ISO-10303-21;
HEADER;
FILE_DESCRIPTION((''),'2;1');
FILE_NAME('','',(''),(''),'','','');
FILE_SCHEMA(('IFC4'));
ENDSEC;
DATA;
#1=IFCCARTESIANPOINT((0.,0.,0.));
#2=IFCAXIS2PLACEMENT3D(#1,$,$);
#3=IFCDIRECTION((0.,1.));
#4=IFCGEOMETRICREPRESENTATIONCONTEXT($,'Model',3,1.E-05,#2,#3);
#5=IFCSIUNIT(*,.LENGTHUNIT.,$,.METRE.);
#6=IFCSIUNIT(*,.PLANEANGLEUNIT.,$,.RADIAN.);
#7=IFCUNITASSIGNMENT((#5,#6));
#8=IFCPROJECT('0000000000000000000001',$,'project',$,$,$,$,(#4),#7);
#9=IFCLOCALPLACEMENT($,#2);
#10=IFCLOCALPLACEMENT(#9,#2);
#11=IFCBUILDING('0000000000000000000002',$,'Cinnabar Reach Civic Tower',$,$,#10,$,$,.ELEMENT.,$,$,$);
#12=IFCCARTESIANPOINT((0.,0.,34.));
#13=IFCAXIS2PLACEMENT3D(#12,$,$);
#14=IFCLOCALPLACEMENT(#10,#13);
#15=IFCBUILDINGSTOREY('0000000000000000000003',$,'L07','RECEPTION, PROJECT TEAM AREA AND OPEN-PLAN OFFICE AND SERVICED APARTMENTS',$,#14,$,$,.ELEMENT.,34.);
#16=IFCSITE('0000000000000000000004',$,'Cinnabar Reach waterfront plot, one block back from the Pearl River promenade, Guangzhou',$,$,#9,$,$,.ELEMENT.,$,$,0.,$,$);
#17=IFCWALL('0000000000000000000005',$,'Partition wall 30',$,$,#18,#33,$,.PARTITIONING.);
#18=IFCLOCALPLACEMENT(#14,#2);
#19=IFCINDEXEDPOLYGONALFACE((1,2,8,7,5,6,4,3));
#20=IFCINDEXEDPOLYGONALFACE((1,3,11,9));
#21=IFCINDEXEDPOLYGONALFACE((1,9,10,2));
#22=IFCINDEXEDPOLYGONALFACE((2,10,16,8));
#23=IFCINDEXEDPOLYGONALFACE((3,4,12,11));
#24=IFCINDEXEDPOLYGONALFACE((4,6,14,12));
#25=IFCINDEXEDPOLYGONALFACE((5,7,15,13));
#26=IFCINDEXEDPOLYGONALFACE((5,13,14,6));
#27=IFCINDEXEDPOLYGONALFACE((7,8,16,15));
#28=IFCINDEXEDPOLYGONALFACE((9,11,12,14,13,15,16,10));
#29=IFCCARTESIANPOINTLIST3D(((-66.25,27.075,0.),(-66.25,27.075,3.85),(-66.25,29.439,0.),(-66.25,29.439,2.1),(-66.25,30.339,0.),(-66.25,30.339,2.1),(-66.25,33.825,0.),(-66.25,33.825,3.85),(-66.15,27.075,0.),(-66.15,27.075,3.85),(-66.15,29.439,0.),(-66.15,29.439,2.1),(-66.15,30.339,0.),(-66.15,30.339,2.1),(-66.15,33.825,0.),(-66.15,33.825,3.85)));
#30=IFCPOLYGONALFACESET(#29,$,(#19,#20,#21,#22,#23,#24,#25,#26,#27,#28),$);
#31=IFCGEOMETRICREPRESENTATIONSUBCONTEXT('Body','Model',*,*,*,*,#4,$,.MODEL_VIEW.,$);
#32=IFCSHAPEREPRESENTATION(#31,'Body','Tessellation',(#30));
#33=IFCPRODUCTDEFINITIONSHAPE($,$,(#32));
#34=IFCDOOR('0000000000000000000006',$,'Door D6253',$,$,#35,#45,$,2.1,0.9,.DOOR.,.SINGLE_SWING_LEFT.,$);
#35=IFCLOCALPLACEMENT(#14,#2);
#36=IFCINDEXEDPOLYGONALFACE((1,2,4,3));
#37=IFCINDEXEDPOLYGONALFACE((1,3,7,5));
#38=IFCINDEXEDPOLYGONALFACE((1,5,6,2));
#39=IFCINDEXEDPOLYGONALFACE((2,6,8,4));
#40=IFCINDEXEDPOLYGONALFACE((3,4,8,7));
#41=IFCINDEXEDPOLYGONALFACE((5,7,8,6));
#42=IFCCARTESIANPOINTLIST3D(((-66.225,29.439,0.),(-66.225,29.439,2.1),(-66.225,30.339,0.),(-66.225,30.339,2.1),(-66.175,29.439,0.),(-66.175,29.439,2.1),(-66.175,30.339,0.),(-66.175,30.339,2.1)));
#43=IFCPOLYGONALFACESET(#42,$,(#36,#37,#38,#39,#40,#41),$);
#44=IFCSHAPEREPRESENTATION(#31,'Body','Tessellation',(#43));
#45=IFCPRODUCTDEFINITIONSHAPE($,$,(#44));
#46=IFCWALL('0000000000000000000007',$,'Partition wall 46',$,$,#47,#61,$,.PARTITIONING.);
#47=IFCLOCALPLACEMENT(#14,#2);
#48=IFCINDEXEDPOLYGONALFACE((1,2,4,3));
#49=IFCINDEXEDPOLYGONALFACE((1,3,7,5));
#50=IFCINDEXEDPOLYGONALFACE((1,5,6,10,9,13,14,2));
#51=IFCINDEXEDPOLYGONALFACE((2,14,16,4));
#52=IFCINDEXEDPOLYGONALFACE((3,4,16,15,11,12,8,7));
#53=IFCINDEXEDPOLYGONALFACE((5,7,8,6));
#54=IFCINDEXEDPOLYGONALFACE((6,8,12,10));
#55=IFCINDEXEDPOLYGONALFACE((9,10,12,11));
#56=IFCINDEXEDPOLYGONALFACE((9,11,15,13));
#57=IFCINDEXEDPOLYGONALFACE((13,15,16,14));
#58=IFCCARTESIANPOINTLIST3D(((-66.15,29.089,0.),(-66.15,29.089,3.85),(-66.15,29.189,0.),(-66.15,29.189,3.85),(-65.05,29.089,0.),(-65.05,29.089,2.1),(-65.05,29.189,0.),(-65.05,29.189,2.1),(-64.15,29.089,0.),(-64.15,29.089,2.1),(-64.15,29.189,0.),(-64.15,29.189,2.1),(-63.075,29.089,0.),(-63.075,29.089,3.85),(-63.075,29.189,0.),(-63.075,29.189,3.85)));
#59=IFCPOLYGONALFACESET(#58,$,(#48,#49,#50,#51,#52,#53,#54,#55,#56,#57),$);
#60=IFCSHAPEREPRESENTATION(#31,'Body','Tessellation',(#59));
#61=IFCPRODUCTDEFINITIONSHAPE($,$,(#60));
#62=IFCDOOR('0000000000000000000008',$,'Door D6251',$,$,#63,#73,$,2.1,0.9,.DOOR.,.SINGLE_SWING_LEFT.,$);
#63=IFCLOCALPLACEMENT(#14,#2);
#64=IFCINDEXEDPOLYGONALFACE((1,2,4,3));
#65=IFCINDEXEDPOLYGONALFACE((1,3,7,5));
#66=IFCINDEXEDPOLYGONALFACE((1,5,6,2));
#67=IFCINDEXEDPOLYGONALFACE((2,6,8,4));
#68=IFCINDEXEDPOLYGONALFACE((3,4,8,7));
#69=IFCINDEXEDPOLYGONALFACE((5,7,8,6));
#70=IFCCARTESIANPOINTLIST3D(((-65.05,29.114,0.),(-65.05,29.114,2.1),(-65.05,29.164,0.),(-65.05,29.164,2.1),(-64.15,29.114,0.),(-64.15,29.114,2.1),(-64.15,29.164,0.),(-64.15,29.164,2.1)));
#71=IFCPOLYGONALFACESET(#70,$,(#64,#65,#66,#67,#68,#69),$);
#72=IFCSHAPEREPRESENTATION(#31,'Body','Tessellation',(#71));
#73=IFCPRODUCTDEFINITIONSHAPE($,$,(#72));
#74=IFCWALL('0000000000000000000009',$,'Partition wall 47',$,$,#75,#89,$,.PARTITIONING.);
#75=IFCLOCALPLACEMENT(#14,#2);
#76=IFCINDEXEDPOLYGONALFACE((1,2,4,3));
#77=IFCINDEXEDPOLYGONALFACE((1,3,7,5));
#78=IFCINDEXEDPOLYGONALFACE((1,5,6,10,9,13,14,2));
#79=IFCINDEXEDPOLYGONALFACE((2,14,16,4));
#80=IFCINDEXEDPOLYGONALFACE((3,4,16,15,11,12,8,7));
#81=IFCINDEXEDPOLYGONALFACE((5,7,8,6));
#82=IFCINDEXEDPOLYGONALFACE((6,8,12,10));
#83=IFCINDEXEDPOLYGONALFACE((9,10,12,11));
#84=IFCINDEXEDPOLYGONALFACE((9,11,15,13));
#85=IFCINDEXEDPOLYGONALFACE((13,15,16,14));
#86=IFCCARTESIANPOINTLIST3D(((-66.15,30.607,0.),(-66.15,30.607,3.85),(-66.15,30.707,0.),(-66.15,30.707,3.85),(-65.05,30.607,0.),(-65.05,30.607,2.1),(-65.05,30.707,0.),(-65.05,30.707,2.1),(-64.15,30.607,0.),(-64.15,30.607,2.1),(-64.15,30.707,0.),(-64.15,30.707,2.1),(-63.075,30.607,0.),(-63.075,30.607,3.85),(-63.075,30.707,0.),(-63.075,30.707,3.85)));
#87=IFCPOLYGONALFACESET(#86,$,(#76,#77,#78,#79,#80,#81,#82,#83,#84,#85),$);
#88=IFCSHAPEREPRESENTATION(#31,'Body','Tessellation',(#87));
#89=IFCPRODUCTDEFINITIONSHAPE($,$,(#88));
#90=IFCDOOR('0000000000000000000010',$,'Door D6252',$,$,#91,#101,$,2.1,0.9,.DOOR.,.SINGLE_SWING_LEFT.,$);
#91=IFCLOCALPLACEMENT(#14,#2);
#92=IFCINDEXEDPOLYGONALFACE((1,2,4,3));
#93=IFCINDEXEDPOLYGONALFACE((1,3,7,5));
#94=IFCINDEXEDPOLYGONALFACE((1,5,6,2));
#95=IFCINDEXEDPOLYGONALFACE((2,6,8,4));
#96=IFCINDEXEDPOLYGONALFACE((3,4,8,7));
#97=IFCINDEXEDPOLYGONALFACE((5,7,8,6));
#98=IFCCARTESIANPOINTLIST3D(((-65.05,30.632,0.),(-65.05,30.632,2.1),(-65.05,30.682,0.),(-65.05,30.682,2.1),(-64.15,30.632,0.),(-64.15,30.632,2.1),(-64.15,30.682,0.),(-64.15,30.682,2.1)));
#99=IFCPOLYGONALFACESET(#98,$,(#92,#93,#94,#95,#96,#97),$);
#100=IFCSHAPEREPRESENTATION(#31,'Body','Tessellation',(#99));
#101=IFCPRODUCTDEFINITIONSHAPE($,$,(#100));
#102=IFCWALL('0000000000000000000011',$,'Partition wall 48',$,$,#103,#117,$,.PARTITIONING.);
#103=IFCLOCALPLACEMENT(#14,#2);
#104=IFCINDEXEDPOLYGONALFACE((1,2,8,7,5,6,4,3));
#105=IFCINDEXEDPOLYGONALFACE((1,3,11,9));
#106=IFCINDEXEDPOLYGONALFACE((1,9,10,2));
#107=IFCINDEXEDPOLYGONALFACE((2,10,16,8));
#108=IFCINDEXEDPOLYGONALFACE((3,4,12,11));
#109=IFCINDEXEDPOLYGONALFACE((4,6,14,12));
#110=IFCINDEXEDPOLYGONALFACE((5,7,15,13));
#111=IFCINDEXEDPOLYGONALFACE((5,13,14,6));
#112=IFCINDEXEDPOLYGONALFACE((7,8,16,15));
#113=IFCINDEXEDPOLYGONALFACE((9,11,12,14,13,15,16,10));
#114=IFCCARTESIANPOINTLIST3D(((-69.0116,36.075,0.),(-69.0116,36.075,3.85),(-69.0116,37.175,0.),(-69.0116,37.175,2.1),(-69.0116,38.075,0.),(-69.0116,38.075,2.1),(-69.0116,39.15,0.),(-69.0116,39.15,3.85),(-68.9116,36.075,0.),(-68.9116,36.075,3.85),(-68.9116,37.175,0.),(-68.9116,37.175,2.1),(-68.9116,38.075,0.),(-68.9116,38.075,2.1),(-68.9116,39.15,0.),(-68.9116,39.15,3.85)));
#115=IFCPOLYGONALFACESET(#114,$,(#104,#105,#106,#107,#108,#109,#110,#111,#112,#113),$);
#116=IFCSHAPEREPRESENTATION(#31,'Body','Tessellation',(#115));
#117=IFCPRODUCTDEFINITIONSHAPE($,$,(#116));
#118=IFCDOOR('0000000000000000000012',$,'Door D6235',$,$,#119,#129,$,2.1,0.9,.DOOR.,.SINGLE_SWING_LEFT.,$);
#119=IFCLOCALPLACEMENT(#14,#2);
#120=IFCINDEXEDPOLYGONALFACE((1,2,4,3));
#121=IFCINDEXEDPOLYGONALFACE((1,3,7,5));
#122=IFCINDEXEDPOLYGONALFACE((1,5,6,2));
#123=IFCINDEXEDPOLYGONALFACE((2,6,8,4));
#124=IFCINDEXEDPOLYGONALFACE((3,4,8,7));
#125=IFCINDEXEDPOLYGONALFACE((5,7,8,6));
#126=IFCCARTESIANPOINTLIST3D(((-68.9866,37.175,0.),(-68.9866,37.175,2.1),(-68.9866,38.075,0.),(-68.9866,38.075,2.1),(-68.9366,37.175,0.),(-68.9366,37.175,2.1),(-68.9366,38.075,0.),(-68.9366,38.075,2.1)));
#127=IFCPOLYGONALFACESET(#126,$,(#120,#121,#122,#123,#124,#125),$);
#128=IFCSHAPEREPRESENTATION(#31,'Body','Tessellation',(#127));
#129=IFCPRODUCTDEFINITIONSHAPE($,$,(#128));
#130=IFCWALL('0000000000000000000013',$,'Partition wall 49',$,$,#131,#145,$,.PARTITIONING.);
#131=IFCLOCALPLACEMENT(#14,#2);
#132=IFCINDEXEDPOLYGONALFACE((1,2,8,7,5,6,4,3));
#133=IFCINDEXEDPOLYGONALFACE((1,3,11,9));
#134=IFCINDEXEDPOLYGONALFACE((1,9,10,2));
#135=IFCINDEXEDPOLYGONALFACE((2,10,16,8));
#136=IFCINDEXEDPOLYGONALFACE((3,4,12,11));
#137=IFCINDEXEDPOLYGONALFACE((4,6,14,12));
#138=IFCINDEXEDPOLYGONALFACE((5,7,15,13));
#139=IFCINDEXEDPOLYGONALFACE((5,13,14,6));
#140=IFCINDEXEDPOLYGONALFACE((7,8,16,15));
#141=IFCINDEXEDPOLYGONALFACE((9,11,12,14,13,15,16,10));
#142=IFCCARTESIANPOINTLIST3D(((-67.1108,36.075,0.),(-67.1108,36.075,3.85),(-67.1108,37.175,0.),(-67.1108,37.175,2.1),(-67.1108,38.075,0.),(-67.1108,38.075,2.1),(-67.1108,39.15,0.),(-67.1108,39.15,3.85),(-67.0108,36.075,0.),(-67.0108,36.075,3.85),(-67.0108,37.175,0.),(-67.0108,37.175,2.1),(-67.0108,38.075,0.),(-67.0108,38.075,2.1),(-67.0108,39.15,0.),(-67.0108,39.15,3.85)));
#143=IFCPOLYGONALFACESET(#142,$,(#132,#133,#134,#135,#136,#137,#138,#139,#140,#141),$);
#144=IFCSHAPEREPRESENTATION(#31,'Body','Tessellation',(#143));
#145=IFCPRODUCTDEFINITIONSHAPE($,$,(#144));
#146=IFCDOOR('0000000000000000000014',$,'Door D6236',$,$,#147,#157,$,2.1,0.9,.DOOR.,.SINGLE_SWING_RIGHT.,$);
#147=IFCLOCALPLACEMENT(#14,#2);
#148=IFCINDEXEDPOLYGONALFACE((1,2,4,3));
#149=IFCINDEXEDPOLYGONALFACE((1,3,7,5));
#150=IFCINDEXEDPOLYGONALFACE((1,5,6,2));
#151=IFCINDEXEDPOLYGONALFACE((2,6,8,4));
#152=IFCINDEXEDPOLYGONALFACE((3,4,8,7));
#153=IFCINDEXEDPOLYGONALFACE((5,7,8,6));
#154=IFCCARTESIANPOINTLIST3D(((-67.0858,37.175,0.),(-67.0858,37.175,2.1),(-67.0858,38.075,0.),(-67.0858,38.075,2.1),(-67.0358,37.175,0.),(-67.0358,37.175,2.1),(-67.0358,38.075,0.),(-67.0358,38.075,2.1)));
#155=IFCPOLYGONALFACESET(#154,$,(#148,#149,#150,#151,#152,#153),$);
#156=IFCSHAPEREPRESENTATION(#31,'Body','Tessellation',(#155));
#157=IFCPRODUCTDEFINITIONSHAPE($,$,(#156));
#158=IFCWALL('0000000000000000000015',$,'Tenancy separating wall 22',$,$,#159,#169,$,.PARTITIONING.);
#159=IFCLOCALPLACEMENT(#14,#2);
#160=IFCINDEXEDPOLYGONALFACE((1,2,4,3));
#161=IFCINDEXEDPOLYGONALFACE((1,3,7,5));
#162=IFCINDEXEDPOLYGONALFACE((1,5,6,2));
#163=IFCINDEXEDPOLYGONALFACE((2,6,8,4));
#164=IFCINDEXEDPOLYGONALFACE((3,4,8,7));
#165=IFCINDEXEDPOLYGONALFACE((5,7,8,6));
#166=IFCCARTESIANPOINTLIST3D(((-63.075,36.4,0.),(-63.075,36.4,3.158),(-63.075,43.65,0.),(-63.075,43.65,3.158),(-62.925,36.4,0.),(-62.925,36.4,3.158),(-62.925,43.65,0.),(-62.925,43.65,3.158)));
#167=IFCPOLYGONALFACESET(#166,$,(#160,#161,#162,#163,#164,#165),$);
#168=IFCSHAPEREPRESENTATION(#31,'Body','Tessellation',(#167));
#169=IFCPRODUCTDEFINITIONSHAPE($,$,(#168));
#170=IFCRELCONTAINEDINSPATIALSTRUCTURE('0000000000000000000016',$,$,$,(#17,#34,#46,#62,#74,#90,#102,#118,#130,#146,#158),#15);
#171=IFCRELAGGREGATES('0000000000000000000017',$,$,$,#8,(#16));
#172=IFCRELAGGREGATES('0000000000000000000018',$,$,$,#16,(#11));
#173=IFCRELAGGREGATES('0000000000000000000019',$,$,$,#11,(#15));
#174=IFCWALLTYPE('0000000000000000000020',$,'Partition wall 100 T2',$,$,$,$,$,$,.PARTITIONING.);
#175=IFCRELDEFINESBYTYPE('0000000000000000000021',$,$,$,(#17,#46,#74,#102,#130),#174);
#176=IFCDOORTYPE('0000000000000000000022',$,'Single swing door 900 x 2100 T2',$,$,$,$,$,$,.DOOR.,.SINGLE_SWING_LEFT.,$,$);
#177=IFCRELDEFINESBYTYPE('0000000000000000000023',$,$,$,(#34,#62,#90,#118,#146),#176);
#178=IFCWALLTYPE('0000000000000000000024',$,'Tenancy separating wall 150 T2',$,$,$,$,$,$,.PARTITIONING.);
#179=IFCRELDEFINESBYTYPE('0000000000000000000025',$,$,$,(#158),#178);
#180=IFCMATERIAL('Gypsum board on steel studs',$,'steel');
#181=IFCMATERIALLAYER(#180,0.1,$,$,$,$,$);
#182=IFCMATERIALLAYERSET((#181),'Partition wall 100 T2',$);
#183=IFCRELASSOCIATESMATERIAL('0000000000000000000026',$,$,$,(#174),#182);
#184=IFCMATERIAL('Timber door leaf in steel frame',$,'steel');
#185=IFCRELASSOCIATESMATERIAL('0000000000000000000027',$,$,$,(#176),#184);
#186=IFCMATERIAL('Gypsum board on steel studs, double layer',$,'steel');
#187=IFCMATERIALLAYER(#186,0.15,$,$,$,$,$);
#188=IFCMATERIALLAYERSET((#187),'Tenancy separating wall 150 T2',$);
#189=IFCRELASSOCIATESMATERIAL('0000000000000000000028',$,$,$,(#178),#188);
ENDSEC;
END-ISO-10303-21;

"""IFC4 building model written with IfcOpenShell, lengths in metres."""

from ifc_helpers import new_model, si_unit, direction, frame, frame_2d, origin, place, context, subcontext, project, spatial, rectangle, extrude, material, layer, layer_set, type_object, element, fill, save


model = new_model("IFC4")

# Units and contexts
model_context = context("Model", 3, precision=1e-05, world=origin(), true_north=direction((0.0, 1.0)))
body_context = subcontext(model_context, "Body", "Model", "MODEL_VIEW")
ifc_project = project(units=[si_unit("LENGTHUNIT", "METRE"), si_unit("PLANEANGLEUNIT", "RADIAN")], contexts=[model_context])

# Site, building, storey
site_placement = place(None, origin())
site = spatial("IfcSite", under=ifc_project, at=site_placement, Name="Cinnabar Reach waterfront plot, one block back from the Pearl River promenade, Guangzhou", CompositionType="ELEMENT", RefElevation=0.0)
building_placement = place(site_placement, origin())
building = spatial("IfcBuilding", under=site, at=building_placement, Name="Cinnabar Reach Civic Tower", CompositionType="ELEMENT")
storey_placement = place(building_placement, frame((0.0, 0.0, 34.0)))
storey = spatial("IfcBuildingStorey", under=building, at=storey_placement, Name="L07", Description="RECEPTION, PROJECT TEAM AREA AND OPEN-PLAN OFFICE AND SERVICED APARTMENTS", CompositionType="ELEMENT", Elevation=34.0)

# Shared definitions
ifc_material_1 = material(Name="Gypsum board on steel studs, double layer", Category="steel")
ifc_material_2 = material(Name="Timber door leaf in steel frame", Category="steel")

# Walls, openings, doors
ifc_material_3 = material(Name="Gypsum board on steel studs", Category="steel")
ifc_layer_1 = layer(ifc_material_3, 0.1)
ifc_layer_set_1 = layer_set([ifc_layer_1], Name="Partition wall 100 T2")
wall_type_1 = type_object("IfcWallType", Name="Partition wall 100 T2", PredefinedType="PARTITIONING", material=ifc_layer_set_1)
wall_1_placement = place(storey_placement, frame((-66.2, 27.075, 0.0), z_axis=(0.0, 0.0, 1.0), x_axis=(0.0, 1.0, 0.0)))
wall_1 = element("IfcWall", 1, at=wall_1_placement, inside=storey, type_object=wall_type_1, Name="Partition wall 30", PredefinedType="PARTITIONING", context=body_context, shape_type="SweptSolid", body=[
    extrude(rectangle(XDim=6.75, YDim=0.1, at=frame_2d((3.375, 0.0))), origin(), (0.0, 0.0, 1.0), 3.85),
])
opening_1_placement = place(wall_1_placement, frame((2.364, 0.0, 0.0)))
opening_1 = element("IfcOpeningElement", 2, at=opening_1_placement, cuts=wall_1, PredefinedType="OPENING", context=body_context, shape_type="SweptSolid", body=[
    extrude(rectangle(XDim=0.9, YDim=2.1, at=frame_2d((0.45, 1.05))), frame((0.0, 0.06, 0.0), z_axis=(0.0, -1.0, 0.0), x_axis=(1.0, 0.0, 0.0)), (0.0, 0.0, 1.0), 0.12),
])
door_type_1 = type_object("IfcDoorType", Name="Single swing door 900 x 2100 T2", OperationType="SINGLE_SWING_LEFT", PredefinedType="DOOR", material=ifc_material_2)
door_1_placement = place(opening_1_placement, frame((0.9, 0.0, 0.0), z_axis=(0.0, 0.0, 1.0), x_axis=(-1.0, 0.0, 0.0)))
door_1 = element("IfcDoor", 3, at=door_1_placement, inside=storey, type_object=door_type_1, Name="Door D6253", OperationType="SINGLE_SWING_LEFT", OverallHeight=2.1, OverallWidth=0.9, PredefinedType="DOOR", context=body_context, shape_type="SweptSolid", body=[
    extrude(rectangle(XDim=0.9, YDim=2.1, at=frame_2d((0.45, 1.05))), frame((0.0, 0.025, 0.0), z_axis=(0.0, -1.0, 0.0), x_axis=(1.0, 0.0, 0.0)), (0.0, 0.0, 1.0), 0.05),
])
fill(opening_1, door_1)
wall_2_placement = place(storey_placement, frame((-66.15, 29.139, 0.0), z_axis=(0.0, 0.0, 1.0), x_axis=(1.0, 0.0, 0.0)))
wall_2 = element("IfcWall", 4, at=wall_2_placement, inside=storey, type_object=wall_type_1, Name="Partition wall 46", PredefinedType="PARTITIONING", context=body_context, shape_type="SweptSolid", body=[
    extrude(rectangle(XDim=3.075, YDim=0.1, at=frame_2d((1.5375, 0.0))), origin(), (0.0, 0.0, 1.0), 3.85),
])
opening_2_placement = place(wall_2_placement, frame((1.1, 0.0, 0.0)))
opening_2 = element("IfcOpeningElement", 5, at=opening_2_placement, cuts=wall_2, PredefinedType="OPENING", context=body_context, shape_type="SweptSolid", body=[
    extrude(rectangle(XDim=0.9, YDim=2.1, at=frame_2d((0.45, 1.05))), frame((0.0, 0.06, 0.0), z_axis=(0.0, -1.0, 0.0), x_axis=(1.0, 0.0, 0.0)), (0.0, 0.0, 1.0), 0.12),
])
door_2_placement = place(opening_2_placement, frame((0.9, 0.0, 0.0), z_axis=(0.0, 0.0, 1.0), x_axis=(-1.0, 0.0, 0.0)))
door_2 = element("IfcDoor", 6, at=door_2_placement, inside=storey, type_object=door_type_1, Name="Door D6251", OperationType="SINGLE_SWING_LEFT", OverallHeight=2.1, OverallWidth=0.9, PredefinedType="DOOR", context=body_context, shape_type="SweptSolid", body=[
    extrude(rectangle(XDim=0.9, YDim=2.1, at=frame_2d((0.45, 1.05))), frame((0.0, 0.025, 0.0), z_axis=(0.0, -1.0, 0.0), x_axis=(1.0, 0.0, 0.0)), (0.0, 0.0, 1.0), 0.05),
])
fill(opening_2, door_2)
wall_3_placement = place(storey_placement, frame((-66.15, 30.657, 0.0), z_axis=(0.0, 0.0, 1.0), x_axis=(1.0, 0.0, 0.0)))
wall_3 = element("IfcWall", 7, at=wall_3_placement, inside=storey, type_object=wall_type_1, Name="Partition wall 47", PredefinedType="PARTITIONING", context=body_context, shape_type="SweptSolid", body=[
    extrude(rectangle(XDim=3.075, YDim=0.1, at=frame_2d((1.5375, 0.0))), origin(), (0.0, 0.0, 1.0), 3.85),
])
opening_3_placement = place(wall_3_placement, frame((1.1, 0.0, 0.0)))
opening_3 = element("IfcOpeningElement", 8, at=opening_3_placement, cuts=wall_3, PredefinedType="OPENING", context=body_context, shape_type="SweptSolid", body=[
    extrude(rectangle(XDim=0.9, YDim=2.1, at=frame_2d((0.45, 1.05))), frame((0.0, 0.06, 0.0), z_axis=(0.0, -1.0, 0.0), x_axis=(1.0, 0.0, 0.0)), (0.0, 0.0, 1.0), 0.12),
])
door_3_placement = place(opening_3_placement, frame((0.9, 0.0, 0.0), z_axis=(0.0, 0.0, 1.0), x_axis=(-1.0, 0.0, 0.0)))
door_3 = element("IfcDoor", 9, at=door_3_placement, inside=storey, type_object=door_type_1, Name="Door D6252", OperationType="SINGLE_SWING_LEFT", OverallHeight=2.1, OverallWidth=0.9, PredefinedType="DOOR", context=body_context, shape_type="SweptSolid", body=[
    extrude(rectangle(XDim=0.9, YDim=2.1, at=frame_2d((0.45, 1.05))), frame((0.0, 0.025, 0.0), z_axis=(0.0, -1.0, 0.0), x_axis=(1.0, 0.0, 0.0)), (0.0, 0.0, 1.0), 0.05),
])
fill(opening_3, door_3)
wall_4_placement = place(storey_placement, frame((-68.9616, 36.075, 0.0), z_axis=(0.0, 0.0, 1.0), x_axis=(0.0, 1.0, 0.0)))
wall_4 = element("IfcWall", 10, at=wall_4_placement, inside=storey, type_object=wall_type_1, Name="Partition wall 48", PredefinedType="PARTITIONING", context=body_context, shape_type="SweptSolid", body=[
    extrude(rectangle(XDim=3.075, YDim=0.1, at=frame_2d((1.5375, 0.0))), origin(), (0.0, 0.0, 1.0), 3.85),
])
opening_4_placement = place(wall_4_placement, frame((1.1, 0.0, 0.0)))
opening_4 = element("IfcOpeningElement", 11, at=opening_4_placement, cuts=wall_4, PredefinedType="OPENING", context=body_context, shape_type="SweptSolid", body=[
    extrude(rectangle(XDim=0.9, YDim=2.1, at=frame_2d((0.45, 1.05))), frame((0.0, 0.06, 0.0), z_axis=(0.0, -1.0, 0.0), x_axis=(1.0, 0.0, 0.0)), (0.0, 0.0, 1.0), 0.12),
])
door_4_placement = place(opening_4_placement, origin())
door_4 = element("IfcDoor", 12, at=door_4_placement, inside=storey, type_object=door_type_1, Name="Door D6235", OperationType="SINGLE_SWING_LEFT", OverallHeight=2.1, OverallWidth=0.9, PredefinedType="DOOR", context=body_context, shape_type="SweptSolid", body=[
    extrude(rectangle(XDim=0.9, YDim=2.1, at=frame_2d((0.45, 1.05))), frame((0.0, 0.025, 0.0), z_axis=(0.0, -1.0, 0.0), x_axis=(1.0, 0.0, 0.0)), (0.0, 0.0, 1.0), 0.05),
])
fill(opening_4, door_4)
wall_5_placement = place(storey_placement, frame((-67.0608, 36.075, 0.0), z_axis=(0.0, 0.0, 1.0), x_axis=(0.0, 1.0, 0.0)))
wall_5 = element("IfcWall", 13, at=wall_5_placement, inside=storey, type_object=wall_type_1, Name="Partition wall 49", PredefinedType="PARTITIONING", context=body_context, shape_type="SweptSolid", body=[
    extrude(rectangle(XDim=3.075, YDim=0.1, at=frame_2d((1.5375, 0.0))), origin(), (0.0, 0.0, 1.0), 3.85),
])
opening_5_placement = place(wall_5_placement, frame((1.1, 0.0, 0.0)))
opening_5 = element("IfcOpeningElement", 14, at=opening_5_placement, cuts=wall_5, PredefinedType="OPENING", context=body_context, shape_type="SweptSolid", body=[
    extrude(rectangle(XDim=0.9, YDim=2.1, at=frame_2d((0.45, 1.05))), frame((0.0, 0.06, 0.0), z_axis=(0.0, -1.0, 0.0), x_axis=(1.0, 0.0, 0.0)), (0.0, 0.0, 1.0), 0.12),
])
door_5_placement = place(opening_5_placement, origin())
door_5 = element("IfcDoor", 15, at=door_5_placement, inside=storey, type_object=door_type_1, Name="Door D6236", OperationType="SINGLE_SWING_RIGHT", OverallHeight=2.1, OverallWidth=0.9, PredefinedType="DOOR", context=body_context, shape_type="SweptSolid", body=[
    extrude(rectangle(XDim=0.9, YDim=2.1, at=frame_2d((0.45, 1.05))), frame((0.0, 0.025, 0.0), z_axis=(0.0, -1.0, 0.0), x_axis=(1.0, 0.0, 0.0)), (0.0, 0.0, 1.0), 0.05),
])
fill(opening_5, door_5)

# Wall
ifc_layer_2 = layer(ifc_material_1, 0.15)
ifc_layer_set_2 = layer_set([ifc_layer_2], Name="Tenancy separating wall 150 T2")
wall_type_2 = type_object("IfcWallType", Name="Tenancy separating wall 150 T2", PredefinedType="PARTITIONING", material=ifc_layer_set_2)
wall_6_placement = place(storey_placement, frame((-63.0, 36.4, 0.0), z_axis=(0.0, 0.0, 1.0), x_axis=(0.0, 1.0, 0.0)))
element("IfcWall", 16, at=wall_6_placement, inside=storey, type_object=wall_type_2, Name="Tenancy separating wall 22", PredefinedType="PARTITIONING", context=body_context, shape_type="SweptSolid", body=[
    extrude(rectangle(XDim=7.25, YDim=0.15, at=frame_2d((3.625, 0.0))), origin(), (0.0, 0.0, 1.0), 3.158),
])

save(model, "model.ifc")
